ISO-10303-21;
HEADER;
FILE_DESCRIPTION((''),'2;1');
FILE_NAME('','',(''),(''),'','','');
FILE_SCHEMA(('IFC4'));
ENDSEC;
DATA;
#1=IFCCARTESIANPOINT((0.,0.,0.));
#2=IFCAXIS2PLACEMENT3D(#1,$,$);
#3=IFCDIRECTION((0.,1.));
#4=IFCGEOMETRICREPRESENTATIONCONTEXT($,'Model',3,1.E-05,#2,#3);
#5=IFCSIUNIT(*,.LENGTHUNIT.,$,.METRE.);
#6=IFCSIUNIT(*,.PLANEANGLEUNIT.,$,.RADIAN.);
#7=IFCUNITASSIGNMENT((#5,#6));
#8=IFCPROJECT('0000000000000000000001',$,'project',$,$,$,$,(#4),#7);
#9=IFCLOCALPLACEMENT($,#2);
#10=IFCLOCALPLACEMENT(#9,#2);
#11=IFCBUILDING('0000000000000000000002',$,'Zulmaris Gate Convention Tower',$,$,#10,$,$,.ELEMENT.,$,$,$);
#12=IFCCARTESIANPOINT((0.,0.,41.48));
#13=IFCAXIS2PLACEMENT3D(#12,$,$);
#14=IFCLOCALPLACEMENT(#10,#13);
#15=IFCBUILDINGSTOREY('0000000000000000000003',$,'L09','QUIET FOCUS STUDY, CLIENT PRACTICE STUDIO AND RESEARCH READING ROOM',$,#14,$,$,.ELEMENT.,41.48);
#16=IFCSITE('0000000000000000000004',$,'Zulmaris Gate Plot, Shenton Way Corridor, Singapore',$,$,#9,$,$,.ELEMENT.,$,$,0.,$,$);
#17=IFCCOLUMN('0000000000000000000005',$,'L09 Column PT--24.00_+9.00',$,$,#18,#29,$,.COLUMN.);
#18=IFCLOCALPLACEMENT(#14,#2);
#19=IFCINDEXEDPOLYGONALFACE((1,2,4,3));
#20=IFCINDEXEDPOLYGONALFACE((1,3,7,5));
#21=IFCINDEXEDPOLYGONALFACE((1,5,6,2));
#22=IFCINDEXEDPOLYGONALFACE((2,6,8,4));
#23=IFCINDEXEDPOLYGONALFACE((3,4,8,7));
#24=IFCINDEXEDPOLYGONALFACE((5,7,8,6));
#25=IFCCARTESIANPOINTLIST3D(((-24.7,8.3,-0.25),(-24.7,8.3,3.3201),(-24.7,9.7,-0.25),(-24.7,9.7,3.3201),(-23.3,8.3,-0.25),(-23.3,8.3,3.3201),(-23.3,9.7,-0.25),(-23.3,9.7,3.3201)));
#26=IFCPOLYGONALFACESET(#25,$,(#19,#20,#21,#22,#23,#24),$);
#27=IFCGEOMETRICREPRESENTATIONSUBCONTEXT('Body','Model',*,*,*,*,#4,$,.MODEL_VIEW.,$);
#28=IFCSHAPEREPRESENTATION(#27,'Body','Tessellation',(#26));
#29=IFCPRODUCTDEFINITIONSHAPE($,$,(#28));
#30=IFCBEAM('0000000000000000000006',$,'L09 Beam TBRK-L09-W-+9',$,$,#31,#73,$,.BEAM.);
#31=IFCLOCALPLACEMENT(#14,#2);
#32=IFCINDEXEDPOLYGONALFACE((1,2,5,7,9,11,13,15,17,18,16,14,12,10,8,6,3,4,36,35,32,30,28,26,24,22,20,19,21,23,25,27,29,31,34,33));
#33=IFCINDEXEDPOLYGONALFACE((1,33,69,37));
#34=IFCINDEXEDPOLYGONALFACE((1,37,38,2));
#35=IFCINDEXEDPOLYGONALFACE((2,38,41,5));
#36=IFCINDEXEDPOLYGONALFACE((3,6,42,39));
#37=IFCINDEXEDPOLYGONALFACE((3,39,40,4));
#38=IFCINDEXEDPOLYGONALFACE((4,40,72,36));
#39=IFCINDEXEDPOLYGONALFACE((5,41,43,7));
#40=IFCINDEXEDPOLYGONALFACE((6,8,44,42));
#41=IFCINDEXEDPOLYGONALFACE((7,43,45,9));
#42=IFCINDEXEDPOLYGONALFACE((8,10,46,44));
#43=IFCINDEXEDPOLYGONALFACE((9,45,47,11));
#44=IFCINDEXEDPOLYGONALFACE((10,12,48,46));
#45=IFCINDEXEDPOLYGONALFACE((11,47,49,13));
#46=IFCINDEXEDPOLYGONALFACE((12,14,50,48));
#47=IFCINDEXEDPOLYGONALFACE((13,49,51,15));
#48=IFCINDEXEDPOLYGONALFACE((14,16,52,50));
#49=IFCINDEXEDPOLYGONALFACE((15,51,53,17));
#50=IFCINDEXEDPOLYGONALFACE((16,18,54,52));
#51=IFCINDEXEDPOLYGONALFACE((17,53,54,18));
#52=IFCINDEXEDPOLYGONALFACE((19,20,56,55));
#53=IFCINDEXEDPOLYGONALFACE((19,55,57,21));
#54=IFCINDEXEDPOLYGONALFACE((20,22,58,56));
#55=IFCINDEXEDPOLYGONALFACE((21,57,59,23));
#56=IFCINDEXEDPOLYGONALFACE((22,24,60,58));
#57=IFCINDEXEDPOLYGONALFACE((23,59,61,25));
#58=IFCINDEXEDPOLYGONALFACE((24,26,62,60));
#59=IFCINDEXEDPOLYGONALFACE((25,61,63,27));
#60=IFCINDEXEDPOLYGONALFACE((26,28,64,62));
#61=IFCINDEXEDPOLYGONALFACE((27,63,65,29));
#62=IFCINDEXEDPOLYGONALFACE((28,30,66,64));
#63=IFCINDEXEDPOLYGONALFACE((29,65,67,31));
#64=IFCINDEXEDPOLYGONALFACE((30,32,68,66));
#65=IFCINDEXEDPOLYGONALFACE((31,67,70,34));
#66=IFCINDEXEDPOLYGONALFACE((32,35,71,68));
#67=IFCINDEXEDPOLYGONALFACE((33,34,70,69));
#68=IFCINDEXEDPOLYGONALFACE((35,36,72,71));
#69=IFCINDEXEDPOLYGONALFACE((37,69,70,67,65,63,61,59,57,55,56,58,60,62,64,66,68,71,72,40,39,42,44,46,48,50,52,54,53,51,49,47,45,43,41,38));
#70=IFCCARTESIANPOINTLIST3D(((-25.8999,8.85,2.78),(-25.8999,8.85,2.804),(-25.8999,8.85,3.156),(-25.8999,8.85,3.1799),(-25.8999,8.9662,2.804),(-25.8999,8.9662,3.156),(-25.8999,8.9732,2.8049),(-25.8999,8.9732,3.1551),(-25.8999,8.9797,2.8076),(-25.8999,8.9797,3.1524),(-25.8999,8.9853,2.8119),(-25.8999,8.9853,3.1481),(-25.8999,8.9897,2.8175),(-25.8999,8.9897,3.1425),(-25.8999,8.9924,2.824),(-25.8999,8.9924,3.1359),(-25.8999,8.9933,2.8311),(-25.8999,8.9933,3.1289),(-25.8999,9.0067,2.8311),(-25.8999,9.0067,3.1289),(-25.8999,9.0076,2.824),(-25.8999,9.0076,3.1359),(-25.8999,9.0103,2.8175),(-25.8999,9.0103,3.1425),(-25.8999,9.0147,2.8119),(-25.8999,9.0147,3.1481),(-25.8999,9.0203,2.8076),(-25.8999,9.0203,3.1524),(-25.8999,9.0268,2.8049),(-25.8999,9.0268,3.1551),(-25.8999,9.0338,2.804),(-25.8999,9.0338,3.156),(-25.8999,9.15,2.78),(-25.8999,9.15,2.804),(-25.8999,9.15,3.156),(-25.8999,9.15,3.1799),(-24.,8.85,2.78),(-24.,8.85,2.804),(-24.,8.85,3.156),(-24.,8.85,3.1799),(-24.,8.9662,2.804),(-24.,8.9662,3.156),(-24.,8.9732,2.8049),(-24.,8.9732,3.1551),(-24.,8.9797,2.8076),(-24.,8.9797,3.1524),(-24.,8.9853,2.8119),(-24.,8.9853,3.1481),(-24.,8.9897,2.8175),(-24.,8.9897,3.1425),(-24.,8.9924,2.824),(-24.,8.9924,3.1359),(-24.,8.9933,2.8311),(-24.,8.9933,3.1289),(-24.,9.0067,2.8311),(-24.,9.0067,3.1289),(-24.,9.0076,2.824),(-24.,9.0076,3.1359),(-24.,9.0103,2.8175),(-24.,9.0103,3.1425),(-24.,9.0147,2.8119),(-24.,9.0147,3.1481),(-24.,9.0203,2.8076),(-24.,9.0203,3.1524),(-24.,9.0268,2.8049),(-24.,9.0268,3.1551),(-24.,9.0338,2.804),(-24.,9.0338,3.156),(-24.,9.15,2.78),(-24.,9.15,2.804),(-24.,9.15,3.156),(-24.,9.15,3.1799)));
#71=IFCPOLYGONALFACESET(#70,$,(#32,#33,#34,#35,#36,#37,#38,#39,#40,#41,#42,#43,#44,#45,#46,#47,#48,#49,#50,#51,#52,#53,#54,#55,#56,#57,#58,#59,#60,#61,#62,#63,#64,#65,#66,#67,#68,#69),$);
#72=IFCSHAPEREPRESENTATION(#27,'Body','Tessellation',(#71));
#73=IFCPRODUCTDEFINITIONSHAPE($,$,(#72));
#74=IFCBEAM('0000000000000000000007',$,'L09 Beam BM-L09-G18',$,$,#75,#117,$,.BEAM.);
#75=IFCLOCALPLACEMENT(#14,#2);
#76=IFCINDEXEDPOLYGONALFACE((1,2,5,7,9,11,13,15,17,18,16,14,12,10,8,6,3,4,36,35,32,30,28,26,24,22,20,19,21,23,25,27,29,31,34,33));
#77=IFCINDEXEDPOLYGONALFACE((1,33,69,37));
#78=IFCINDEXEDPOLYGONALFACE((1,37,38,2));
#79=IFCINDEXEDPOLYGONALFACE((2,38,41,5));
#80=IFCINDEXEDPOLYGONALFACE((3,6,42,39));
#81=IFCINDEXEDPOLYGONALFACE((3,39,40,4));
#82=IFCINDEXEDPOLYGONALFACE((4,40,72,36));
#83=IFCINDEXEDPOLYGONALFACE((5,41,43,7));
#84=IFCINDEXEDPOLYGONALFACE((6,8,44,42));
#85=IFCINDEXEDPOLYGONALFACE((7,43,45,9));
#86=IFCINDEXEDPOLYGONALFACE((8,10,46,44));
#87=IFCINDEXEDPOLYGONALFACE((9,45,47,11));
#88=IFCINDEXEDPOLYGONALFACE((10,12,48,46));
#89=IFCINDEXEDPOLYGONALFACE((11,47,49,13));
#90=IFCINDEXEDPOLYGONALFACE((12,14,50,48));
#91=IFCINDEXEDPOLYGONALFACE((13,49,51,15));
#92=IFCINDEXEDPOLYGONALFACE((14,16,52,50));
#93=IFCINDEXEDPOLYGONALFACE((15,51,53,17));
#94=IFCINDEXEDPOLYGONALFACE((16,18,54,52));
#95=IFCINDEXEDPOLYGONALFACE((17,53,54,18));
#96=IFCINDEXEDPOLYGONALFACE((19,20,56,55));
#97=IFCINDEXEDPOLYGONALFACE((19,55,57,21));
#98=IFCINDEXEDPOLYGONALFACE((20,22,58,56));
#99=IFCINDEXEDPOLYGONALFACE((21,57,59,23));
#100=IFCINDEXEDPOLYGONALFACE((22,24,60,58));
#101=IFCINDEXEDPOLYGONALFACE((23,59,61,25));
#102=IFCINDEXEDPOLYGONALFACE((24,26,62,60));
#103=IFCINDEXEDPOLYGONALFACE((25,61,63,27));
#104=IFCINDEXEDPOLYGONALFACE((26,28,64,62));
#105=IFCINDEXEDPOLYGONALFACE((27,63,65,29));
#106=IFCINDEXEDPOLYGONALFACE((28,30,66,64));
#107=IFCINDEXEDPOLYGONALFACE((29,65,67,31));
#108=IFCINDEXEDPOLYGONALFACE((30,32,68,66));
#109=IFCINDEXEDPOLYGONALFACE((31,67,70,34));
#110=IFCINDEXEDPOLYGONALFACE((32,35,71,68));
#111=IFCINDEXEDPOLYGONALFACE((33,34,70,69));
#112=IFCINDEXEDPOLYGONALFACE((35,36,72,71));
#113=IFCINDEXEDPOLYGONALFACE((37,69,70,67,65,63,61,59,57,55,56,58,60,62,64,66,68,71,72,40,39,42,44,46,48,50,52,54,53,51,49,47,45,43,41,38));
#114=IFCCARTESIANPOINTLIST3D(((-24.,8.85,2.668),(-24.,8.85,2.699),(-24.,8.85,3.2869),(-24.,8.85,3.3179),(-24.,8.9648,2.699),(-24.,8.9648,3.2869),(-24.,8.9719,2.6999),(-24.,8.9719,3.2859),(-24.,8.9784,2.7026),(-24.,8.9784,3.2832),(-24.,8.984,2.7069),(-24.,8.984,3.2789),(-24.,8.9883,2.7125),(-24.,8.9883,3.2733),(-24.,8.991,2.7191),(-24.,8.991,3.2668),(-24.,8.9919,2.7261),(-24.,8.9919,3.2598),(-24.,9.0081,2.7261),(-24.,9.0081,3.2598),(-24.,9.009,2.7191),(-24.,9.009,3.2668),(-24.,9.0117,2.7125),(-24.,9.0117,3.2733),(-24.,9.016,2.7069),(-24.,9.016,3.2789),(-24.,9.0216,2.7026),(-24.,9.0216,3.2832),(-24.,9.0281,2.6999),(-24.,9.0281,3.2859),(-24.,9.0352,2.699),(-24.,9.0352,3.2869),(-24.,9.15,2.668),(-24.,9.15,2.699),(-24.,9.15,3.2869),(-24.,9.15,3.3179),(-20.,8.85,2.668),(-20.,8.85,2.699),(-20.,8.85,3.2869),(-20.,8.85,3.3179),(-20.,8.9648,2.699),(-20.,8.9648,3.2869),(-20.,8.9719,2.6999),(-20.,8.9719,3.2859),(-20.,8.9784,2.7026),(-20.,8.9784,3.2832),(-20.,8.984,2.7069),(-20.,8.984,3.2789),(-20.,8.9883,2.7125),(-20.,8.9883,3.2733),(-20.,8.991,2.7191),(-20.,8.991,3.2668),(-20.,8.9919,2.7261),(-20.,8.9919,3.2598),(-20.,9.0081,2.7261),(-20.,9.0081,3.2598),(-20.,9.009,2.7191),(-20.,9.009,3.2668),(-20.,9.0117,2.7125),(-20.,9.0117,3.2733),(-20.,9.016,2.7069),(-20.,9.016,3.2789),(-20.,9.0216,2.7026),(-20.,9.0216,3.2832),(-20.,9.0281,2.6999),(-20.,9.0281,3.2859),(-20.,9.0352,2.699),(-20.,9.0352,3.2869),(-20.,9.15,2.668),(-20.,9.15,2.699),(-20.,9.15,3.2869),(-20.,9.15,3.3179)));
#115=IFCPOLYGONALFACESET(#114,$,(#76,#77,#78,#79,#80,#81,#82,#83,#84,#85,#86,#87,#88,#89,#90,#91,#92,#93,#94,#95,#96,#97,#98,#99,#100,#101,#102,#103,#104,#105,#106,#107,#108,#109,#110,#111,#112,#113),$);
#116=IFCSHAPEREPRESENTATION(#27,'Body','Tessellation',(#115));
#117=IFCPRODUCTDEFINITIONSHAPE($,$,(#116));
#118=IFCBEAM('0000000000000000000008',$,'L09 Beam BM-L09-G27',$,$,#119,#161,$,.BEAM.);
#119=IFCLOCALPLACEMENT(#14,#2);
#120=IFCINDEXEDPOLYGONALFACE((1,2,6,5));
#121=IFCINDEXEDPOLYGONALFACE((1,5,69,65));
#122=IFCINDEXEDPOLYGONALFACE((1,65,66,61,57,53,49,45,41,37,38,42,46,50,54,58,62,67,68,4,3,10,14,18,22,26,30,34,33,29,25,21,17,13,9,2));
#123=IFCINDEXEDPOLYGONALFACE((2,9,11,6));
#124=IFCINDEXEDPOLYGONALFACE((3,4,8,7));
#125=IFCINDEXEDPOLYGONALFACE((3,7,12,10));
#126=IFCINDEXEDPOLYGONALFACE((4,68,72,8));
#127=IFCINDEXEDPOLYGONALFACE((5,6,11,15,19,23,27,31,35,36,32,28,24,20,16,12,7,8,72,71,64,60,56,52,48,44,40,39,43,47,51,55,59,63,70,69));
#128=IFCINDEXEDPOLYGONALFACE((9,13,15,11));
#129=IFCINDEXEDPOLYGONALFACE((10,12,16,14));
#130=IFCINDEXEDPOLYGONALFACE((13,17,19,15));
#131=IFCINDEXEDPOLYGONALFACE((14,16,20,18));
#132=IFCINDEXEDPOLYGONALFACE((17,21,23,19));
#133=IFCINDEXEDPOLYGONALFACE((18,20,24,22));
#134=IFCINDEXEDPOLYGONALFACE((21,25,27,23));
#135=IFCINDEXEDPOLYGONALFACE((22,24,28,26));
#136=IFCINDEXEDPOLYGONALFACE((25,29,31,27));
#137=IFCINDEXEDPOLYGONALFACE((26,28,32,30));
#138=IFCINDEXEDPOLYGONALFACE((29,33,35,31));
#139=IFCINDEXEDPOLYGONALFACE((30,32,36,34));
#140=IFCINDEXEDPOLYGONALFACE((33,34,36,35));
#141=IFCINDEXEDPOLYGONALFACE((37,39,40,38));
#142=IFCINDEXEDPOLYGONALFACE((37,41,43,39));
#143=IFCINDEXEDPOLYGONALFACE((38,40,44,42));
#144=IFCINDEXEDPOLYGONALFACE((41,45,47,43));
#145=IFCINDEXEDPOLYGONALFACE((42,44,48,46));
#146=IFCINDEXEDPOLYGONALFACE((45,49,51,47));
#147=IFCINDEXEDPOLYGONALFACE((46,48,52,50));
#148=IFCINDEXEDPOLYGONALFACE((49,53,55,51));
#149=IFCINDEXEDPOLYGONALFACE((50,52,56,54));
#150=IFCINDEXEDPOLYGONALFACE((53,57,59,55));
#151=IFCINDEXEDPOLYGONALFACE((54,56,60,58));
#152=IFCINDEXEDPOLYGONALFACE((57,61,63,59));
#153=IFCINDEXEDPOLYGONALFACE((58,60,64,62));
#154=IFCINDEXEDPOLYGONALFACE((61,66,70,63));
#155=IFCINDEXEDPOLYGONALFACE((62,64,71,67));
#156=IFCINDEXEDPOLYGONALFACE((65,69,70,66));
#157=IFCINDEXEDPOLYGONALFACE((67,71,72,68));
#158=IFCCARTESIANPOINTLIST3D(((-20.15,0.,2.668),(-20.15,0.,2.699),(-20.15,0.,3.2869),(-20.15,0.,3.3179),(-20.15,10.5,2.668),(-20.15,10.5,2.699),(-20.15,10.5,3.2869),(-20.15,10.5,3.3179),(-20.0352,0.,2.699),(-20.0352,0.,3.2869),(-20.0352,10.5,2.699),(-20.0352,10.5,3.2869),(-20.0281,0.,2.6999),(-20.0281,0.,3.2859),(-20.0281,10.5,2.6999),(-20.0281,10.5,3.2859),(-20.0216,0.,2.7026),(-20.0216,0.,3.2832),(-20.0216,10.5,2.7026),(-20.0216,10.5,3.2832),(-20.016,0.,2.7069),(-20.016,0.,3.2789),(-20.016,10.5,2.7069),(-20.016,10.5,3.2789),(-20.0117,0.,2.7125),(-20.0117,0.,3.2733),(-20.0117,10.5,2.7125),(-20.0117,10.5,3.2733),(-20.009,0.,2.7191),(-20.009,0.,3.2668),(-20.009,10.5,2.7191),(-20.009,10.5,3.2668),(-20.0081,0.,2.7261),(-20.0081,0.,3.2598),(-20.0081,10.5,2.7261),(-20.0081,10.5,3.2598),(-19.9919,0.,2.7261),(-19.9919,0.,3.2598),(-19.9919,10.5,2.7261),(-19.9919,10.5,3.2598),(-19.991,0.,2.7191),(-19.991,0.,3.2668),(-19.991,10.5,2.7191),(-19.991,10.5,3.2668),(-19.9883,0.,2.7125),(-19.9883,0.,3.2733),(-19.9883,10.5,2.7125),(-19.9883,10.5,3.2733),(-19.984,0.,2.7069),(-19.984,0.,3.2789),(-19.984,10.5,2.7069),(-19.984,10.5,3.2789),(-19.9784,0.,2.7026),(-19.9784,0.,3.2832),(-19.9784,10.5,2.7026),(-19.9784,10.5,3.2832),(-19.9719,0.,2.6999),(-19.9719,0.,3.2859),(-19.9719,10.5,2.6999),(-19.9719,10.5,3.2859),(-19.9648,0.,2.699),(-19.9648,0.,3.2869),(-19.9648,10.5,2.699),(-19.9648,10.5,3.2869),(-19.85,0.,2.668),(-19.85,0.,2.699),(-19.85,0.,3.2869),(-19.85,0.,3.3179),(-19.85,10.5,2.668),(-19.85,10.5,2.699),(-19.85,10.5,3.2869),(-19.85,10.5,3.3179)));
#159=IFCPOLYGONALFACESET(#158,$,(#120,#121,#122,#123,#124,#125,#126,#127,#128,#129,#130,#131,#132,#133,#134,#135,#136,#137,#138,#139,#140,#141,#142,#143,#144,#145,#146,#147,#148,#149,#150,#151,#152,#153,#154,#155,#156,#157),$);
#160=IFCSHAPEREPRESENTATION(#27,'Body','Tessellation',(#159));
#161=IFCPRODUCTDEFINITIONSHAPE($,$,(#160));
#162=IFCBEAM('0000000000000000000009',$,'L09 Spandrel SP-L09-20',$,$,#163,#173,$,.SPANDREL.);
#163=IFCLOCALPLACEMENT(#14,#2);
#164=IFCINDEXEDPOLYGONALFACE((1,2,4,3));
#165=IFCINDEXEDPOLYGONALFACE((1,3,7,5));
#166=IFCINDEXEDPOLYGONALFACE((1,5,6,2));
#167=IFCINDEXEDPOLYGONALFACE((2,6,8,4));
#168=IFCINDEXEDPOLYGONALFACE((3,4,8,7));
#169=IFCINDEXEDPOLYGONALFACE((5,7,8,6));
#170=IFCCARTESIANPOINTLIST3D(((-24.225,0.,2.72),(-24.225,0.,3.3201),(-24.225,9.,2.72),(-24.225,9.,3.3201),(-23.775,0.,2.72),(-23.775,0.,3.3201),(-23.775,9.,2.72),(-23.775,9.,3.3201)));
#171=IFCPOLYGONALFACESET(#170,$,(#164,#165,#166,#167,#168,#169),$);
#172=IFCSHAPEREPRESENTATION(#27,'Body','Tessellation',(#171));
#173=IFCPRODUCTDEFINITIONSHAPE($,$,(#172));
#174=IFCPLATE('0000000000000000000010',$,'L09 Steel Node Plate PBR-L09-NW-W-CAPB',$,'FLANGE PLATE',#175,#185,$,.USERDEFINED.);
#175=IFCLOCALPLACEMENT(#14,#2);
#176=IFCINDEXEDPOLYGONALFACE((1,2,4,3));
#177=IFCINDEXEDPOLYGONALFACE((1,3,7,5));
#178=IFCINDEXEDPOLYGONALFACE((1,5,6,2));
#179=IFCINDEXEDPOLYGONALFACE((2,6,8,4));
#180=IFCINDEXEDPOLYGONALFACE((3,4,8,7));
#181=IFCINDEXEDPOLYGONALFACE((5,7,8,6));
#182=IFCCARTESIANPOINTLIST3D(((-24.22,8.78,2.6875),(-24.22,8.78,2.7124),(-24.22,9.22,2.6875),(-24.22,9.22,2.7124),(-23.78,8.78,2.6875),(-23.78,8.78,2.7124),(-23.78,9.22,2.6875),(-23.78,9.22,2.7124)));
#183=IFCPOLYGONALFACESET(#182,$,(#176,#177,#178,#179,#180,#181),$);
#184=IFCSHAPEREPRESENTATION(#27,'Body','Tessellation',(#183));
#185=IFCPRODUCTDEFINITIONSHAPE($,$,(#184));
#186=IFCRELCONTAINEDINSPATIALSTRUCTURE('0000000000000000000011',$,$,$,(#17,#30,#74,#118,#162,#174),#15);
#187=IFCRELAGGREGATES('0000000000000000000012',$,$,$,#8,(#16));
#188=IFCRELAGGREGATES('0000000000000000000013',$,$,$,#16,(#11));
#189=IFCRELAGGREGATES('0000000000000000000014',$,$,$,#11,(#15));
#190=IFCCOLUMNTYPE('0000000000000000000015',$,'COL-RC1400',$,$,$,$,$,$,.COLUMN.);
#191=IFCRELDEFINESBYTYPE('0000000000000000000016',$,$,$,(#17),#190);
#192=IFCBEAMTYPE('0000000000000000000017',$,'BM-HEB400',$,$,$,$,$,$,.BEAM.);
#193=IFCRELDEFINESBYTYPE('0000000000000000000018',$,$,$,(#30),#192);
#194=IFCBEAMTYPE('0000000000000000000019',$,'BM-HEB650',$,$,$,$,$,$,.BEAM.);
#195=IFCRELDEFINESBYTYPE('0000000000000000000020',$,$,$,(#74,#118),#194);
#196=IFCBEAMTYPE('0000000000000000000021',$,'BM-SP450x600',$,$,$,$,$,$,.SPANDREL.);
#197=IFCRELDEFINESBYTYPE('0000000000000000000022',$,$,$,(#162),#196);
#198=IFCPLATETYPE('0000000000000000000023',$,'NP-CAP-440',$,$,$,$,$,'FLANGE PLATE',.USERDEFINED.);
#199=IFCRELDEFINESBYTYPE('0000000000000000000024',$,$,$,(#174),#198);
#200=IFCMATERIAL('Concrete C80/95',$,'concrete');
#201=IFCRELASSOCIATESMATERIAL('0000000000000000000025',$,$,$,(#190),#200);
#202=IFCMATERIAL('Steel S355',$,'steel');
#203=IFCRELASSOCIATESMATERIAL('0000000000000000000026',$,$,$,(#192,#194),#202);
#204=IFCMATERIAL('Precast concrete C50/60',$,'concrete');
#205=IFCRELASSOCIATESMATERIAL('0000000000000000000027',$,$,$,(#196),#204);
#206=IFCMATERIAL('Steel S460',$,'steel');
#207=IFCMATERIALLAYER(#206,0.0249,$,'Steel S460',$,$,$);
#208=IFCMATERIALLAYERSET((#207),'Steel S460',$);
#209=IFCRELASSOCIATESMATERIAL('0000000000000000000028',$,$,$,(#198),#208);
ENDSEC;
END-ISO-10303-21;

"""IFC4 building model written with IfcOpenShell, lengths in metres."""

from ifc_helpers import new_model, si_unit, direction, frame, origin, origin_2d, place, context, subcontext, project, spatial, rectangle, i_section, extrude, material, layer, layer_set, material_profile, profile_set, type_object, element, save


model = new_model("IFC4")

# Units and contexts
model_context = context("Model", 3, precision=1e-05, world=origin(), true_north=direction((0.0, 1.0)))
body_context = subcontext(model_context, "Body", "Model", "MODEL_VIEW")
ifc_project = project(units=[si_unit("LENGTHUNIT", "METRE"), si_unit("PLANEANGLEUNIT", "RADIAN")], contexts=[model_context])

# Site, building, storey
site_placement = place(None, origin())
site = spatial("IfcSite", under=ifc_project, at=site_placement, Name="Zulmaris Gate Plot, Shenton Way Corridor, Singapore", CompositionType="ELEMENT", RefElevation=0.0)
building_placement = place(site_placement, origin())
building = spatial("IfcBuilding", under=site, at=building_placement, Name="Zulmaris Gate Convention Tower", CompositionType="ELEMENT")
storey_placement = place(building_placement, frame((0.0, 0.0, 41.48)))
storey = spatial("IfcBuildingStorey", under=building, at=storey_placement, Name="L09", Description="QUIET FOCUS STUDY, CLIENT PRACTICE STUDIO AND RESEARCH READING ROOM", CompositionType="ELEMENT", Elevation=41.48)

# Column
ifc_material_1 = material(Name="Concrete C80/95", Category="concrete")
ifc_material_profile_1 = material_profile(ifc_material_1, rectangle(XDim=1.3999, YDim=1.3999, at=origin_2d()), Name="RC COL 1400x1400")
ifc_profile_set_1 = profile_set([ifc_material_profile_1], Name="Concrete C80/95")
column_type = type_object("IfcColumnType", Name="COL-RC1400", PredefinedType="COLUMN", material=ifc_profile_set_1)
column_placement = place(storey_placement, frame((-24.0, 9.0, -0.25), z_axis=(0.0, 0.0, 1.0), x_axis=(1.0, 0.0, 0.0)))
element("IfcColumn", 1, at=column_placement, inside=storey, type_object=column_type, Name="L09 Column PT--24.00_+9.00", PredefinedType="COLUMN", context=body_context, shape_type="SweptSolid", body=[
    extrude(rectangle(XDim=1.3999, YDim=1.3999, at=origin_2d()), origin(), (0.0, 0.0, 1.0), 3.5701),
])

# Beams
ifc_material_2 = material(Name="Steel S355", Category="steel")
ifc_material_profile_2 = material_profile(ifc_material_2, i_section(OverallWidth=0.3, OverallDepth=0.3999, WebThickness=0.0134, FlangeThickness=0.0239, FilletRadius=0.0271, at=origin_2d()), Name="HEB 400")
ifc_profile_set_2 = profile_set([ifc_material_profile_2], Name="Steel S355")
beam_type_1 = type_object("IfcBeamType", Name="BM-HEB400", PredefinedType="BEAM", material=ifc_profile_set_2)
beam_1_placement = place(storey_placement, frame((-25.8999, 9.0, 2.98), z_axis=(1.0, 0.0, 0.0), x_axis=(0.0, 1.0, 0.0)))
element("IfcBeam", 2, at=beam_1_placement, inside=storey, type_object=beam_type_1, Name="L09 Beam TBRK-L09-W-+9", PredefinedType="BEAM", context=body_context, shape_type="SweptSolid", body=[
    extrude(i_section(OverallWidth=0.3, OverallDepth=0.3999, WebThickness=0.0134, FlangeThickness=0.0239, FilletRadius=0.0271, at=origin_2d()), origin(), (0.0, 0.0, 1.0), 1.8999),
])
ifc_material_profile_3 = material_profile(ifc_material_2, i_section(OverallWidth=0.3, OverallDepth=0.6499, WebThickness=0.0161, FlangeThickness=0.031, FilletRadius=0.0271, at=origin_2d()), Name="HEB 650")
ifc_profile_set_3 = profile_set([ifc_material_profile_3], Name="Steel S355")
beam_type_2 = type_object("IfcBeamType", Name="BM-HEB650", PredefinedType="BEAM", material=ifc_profile_set_3)
beam_2_placement = place(storey_placement, frame((-24.0, 9.0, 2.9929), z_axis=(1.0, 0.0, 0.0), x_axis=(0.0, 1.0, 0.0)))
element("IfcBeam", 3, at=beam_2_placement, inside=storey, type_object=beam_type_2, Name="L09 Beam BM-L09-G18", PredefinedType="BEAM", context=body_context, shape_type="SweptSolid", body=[
    extrude(i_section(OverallWidth=0.3, OverallDepth=0.6499, WebThickness=0.0161, FlangeThickness=0.031, FilletRadius=0.0271, at=origin_2d()), origin(), (0.0, 0.0, 1.0), 4.0),
])
beam_3_placement = place(storey_placement, frame((-20.0, 0.0, 2.9929), z_axis=(0.0, 1.0, 0.0), x_axis=(-1.0, 0.0, 0.0)))
element("IfcBeam", 4, at=beam_3_placement, inside=storey, type_object=beam_type_2, Name="L09 Beam BM-L09-G27", PredefinedType="BEAM", context=body_context, shape_type="SweptSolid", body=[
    extrude(i_section(OverallWidth=0.3, OverallDepth=0.6499, WebThickness=0.0161, FlangeThickness=0.031, FilletRadius=0.0271, at=origin_2d()), origin(), (0.0, 0.0, 1.0), 10.5),
])
ifc_material_3 = material(Name="Precast concrete C50/60", Category="concrete")
ifc_material_profile_4 = material_profile(ifc_material_3, rectangle(XDim=0.45, YDim=0.6001, at=origin_2d()), Name="RC SPANDREL 450x600")
ifc_profile_set_4 = profile_set([ifc_material_profile_4], Name="Precast concrete C50/60")
beam_type_3 = type_object("IfcBeamType", Name="BM-SP450x600", PredefinedType="SPANDREL", material=ifc_profile_set_4)
beam_4_placement = place(storey_placement, frame((-24.0, 9.0, 3.02), z_axis=(0.0, -1.0, 0.0), x_axis=(1.0, 0.0, 0.0)))
element("IfcBeam", 5, at=beam_4_placement, inside=storey, type_object=beam_type_3, Name="L09 Spandrel SP-L09-20", PredefinedType="SPANDREL", context=body_context, shape_type="SweptSolid", body=[
    extrude(rectangle(XDim=0.45, YDim=0.6001, at=origin_2d()), origin(), (0.0, 0.0, 1.0), 9.0),
])

# Plate
ifc_material_4 = material(Name="Steel S460", Category="steel")
ifc_layer_1 = layer(ifc_material_4, 0.0249, Name="Steel S460")
ifc_layer_set_1 = layer_set([ifc_layer_1], Name="Steel S460")
plate_type = type_object("IfcPlateType", Name="NP-CAP-440", ElementType="FLANGE PLATE", PredefinedType="USERDEFINED", material=ifc_layer_set_1)
plate_placement = place(storey_placement, frame((-24.0, 9.0, 2.6875), z_axis=(0.0, 0.0, 1.0), x_axis=(1.0, 0.0, 0.0)))
element("IfcPlate", 6, at=plate_placement, inside=storey, type_object=plate_type, Name="L09 Steel Node Plate PBR-L09-NW-W-CAPB", ObjectType="FLANGE PLATE", PredefinedType="USERDEFINED", context=body_context, shape_type="SweptSolid", body=[
    extrude(rectangle(XDim=0.4399, YDim=0.4399, at=origin_2d()), origin(), (0.0, 0.0, 1.0), 0.0249),
])

save(model, "model.ifc")
